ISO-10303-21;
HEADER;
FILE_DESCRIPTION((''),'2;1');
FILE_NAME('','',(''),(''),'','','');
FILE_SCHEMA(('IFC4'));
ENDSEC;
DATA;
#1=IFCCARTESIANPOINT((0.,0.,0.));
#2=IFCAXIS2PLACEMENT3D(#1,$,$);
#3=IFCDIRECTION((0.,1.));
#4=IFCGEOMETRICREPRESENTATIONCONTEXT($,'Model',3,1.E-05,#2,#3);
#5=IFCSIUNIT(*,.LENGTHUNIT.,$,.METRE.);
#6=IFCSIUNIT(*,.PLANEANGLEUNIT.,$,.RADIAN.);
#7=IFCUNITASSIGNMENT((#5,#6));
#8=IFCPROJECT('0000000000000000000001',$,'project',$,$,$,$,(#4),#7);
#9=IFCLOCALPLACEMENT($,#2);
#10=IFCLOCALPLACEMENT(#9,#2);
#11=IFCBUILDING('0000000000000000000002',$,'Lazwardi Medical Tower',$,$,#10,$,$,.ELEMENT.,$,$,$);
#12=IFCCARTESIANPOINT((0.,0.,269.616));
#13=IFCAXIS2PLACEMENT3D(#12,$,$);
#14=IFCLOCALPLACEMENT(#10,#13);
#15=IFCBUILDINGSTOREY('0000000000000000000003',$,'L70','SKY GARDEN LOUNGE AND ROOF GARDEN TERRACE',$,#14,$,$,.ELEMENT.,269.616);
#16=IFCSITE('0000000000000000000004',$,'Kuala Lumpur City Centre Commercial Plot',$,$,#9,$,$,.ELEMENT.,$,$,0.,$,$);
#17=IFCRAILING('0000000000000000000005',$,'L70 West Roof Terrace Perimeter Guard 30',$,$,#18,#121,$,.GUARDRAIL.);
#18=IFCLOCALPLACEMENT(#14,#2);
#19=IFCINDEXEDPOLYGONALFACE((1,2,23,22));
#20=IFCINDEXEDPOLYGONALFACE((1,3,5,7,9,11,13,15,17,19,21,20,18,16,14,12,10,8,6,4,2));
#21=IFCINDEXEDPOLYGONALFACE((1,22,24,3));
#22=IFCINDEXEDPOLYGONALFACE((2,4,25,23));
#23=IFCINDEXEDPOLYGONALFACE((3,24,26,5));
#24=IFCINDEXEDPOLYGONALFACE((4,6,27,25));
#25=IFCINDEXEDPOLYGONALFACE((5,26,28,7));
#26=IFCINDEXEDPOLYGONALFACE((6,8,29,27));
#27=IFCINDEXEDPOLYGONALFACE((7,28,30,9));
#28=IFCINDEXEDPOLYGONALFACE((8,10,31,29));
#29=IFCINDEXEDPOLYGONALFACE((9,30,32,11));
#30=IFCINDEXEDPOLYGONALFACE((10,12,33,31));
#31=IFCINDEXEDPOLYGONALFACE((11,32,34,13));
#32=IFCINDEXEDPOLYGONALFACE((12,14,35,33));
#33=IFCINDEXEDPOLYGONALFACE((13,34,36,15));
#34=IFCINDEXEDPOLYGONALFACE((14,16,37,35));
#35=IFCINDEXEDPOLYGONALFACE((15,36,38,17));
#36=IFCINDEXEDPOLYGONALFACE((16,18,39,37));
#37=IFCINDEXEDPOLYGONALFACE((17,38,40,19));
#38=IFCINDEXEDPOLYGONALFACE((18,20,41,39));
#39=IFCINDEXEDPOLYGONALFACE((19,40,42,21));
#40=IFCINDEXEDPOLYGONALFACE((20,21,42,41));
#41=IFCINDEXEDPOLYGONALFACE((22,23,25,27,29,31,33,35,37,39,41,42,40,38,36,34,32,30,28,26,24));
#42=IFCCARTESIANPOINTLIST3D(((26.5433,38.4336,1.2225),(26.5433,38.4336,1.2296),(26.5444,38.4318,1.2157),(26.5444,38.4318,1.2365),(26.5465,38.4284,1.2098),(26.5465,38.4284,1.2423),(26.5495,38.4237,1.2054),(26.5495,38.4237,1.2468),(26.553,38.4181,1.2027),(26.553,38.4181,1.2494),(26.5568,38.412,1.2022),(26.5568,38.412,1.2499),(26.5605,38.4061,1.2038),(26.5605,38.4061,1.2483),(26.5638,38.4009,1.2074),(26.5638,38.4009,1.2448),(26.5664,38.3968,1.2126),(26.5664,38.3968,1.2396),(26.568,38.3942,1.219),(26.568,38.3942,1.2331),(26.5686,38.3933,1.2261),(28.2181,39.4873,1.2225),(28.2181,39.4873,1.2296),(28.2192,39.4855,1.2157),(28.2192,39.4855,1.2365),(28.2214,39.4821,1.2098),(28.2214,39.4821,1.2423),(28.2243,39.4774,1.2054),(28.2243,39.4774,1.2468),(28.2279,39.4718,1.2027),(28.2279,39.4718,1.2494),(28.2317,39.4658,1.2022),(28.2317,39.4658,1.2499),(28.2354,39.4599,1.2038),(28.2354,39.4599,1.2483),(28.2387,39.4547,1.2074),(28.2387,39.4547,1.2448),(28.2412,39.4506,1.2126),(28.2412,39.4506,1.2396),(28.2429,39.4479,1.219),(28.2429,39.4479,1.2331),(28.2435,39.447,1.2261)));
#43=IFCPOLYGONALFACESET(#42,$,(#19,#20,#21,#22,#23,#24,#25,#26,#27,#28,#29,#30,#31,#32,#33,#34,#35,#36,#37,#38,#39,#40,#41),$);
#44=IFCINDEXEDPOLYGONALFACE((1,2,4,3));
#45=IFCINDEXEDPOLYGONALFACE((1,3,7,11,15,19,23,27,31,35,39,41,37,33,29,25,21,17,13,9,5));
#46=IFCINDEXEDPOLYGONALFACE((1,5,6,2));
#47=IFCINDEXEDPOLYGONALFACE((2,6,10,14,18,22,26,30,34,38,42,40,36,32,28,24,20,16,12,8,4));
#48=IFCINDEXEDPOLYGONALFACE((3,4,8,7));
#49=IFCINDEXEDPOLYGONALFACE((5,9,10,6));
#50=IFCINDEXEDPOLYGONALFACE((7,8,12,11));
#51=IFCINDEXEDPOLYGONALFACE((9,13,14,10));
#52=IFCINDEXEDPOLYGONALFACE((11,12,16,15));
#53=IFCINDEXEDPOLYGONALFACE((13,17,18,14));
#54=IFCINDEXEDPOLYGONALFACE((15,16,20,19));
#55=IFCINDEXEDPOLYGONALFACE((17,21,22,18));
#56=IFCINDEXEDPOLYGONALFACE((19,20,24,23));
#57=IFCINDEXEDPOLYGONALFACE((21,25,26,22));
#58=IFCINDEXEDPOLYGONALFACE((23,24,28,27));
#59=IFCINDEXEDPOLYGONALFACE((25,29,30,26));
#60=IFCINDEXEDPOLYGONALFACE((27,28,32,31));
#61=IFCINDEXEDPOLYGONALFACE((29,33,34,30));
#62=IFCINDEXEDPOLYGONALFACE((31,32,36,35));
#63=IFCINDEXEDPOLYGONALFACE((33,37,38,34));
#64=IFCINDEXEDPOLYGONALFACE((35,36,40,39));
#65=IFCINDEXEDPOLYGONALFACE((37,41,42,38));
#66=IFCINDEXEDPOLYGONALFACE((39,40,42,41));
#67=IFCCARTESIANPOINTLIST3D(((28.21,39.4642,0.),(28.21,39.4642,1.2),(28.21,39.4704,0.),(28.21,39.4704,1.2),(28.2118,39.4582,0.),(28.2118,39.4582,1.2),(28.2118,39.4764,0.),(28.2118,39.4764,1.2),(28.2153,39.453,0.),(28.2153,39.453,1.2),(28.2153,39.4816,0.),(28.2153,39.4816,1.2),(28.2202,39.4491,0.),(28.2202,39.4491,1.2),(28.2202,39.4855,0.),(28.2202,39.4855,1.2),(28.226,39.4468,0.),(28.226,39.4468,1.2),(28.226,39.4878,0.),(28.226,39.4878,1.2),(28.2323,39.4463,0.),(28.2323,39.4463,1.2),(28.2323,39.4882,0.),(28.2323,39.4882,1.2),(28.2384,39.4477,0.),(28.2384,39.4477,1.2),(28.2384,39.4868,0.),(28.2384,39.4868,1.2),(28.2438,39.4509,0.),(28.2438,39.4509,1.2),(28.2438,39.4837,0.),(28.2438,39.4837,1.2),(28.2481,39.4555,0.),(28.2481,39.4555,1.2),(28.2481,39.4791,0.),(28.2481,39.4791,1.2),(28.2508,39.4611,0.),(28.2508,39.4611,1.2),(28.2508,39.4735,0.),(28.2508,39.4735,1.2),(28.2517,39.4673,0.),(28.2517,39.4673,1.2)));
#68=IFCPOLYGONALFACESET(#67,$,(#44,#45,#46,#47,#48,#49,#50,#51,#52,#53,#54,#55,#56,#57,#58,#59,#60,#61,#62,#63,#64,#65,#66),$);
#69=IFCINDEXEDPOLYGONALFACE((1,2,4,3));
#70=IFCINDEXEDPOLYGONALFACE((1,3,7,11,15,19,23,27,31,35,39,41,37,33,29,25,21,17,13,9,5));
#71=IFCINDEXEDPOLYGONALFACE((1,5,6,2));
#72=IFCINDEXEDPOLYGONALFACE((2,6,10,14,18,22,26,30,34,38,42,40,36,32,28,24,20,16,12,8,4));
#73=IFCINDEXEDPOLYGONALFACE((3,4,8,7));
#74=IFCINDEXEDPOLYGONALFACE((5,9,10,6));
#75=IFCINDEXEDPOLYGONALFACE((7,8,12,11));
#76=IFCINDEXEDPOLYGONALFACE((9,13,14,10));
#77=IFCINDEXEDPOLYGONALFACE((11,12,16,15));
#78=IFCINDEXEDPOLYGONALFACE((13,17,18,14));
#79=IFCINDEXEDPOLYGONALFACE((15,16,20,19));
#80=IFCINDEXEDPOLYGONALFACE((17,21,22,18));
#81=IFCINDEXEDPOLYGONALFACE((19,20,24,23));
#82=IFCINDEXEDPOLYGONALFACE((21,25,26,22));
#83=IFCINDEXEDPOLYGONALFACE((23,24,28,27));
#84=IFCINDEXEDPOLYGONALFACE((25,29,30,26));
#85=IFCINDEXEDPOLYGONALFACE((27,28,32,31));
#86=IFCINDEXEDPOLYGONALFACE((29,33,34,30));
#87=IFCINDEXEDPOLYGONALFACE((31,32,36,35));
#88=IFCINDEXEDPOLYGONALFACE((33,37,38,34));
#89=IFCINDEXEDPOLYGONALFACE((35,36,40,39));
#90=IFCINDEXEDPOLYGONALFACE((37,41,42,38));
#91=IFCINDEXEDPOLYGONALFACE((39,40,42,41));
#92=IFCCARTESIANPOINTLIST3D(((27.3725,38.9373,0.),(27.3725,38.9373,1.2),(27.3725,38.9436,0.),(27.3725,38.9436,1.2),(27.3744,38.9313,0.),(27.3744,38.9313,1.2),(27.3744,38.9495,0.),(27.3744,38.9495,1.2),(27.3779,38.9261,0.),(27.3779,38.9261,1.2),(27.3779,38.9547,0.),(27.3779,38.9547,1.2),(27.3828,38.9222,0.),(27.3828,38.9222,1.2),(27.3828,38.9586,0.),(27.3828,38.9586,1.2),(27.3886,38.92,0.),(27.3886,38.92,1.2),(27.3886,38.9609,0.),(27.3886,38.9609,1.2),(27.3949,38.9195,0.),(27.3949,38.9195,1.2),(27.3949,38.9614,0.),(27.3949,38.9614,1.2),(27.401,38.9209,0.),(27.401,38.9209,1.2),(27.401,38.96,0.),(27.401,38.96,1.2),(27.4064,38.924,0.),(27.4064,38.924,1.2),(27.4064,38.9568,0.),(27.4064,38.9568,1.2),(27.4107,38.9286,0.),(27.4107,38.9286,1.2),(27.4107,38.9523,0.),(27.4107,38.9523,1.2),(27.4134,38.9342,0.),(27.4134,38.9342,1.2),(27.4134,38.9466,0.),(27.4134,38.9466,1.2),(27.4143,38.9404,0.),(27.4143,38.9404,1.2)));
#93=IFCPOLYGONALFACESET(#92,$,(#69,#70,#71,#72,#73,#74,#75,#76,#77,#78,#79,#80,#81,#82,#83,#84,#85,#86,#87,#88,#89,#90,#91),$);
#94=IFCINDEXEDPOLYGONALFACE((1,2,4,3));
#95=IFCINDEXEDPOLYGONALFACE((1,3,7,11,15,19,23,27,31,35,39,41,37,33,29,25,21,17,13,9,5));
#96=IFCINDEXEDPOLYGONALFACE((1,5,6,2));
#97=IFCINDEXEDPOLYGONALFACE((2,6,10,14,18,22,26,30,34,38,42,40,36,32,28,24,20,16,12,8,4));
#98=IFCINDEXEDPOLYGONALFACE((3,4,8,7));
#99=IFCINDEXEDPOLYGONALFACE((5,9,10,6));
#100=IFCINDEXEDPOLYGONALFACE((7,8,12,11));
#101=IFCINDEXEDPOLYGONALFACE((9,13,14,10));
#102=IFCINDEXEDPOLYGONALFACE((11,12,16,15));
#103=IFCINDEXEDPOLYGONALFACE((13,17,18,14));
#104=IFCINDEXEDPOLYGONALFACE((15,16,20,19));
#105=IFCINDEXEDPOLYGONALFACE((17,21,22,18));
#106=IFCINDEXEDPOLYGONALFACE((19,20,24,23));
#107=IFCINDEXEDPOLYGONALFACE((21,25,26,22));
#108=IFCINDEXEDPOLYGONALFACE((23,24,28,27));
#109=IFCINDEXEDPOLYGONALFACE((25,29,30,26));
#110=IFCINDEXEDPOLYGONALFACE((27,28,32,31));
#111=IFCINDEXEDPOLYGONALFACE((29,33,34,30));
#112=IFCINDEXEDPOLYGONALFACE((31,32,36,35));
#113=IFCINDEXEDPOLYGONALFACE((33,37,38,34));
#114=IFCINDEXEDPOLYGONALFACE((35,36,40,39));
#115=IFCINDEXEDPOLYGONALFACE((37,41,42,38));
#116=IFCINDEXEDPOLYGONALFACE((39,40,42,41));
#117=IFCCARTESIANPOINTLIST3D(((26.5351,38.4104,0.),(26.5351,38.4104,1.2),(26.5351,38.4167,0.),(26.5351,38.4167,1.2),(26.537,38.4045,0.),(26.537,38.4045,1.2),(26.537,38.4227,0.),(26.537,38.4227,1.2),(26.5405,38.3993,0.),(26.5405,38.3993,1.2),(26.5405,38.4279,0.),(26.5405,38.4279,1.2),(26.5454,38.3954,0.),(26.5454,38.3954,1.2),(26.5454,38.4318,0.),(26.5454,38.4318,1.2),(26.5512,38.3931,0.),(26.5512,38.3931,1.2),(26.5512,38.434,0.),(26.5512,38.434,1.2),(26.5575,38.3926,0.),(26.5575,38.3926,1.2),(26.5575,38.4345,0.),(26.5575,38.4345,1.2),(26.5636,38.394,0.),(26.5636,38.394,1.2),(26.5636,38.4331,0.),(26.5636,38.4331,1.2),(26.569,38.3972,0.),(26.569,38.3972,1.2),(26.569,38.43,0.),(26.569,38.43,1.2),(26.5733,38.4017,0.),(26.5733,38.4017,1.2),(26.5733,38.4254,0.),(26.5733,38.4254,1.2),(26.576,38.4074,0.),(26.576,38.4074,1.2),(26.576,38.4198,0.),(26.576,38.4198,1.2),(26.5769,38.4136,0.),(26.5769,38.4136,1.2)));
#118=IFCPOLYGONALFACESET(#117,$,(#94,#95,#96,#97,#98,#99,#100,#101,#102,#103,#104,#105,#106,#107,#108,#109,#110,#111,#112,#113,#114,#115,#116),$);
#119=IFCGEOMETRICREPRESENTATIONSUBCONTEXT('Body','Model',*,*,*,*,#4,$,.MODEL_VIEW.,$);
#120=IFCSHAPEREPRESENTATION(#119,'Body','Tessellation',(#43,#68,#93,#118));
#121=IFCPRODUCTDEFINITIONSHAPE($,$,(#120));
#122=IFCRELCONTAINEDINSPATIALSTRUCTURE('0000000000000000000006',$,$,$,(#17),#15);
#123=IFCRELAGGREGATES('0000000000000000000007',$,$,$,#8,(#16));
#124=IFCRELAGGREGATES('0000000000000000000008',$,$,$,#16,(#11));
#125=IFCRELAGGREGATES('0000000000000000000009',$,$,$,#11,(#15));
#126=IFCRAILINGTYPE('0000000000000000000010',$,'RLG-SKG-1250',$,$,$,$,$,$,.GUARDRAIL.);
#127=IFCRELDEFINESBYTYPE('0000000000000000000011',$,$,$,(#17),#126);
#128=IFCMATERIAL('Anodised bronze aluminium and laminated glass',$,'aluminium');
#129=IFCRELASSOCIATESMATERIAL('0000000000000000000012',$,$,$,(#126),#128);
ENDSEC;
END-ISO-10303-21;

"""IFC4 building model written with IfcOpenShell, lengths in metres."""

from ifc_helpers import new_model, si_unit, direction, frame, origin, origin_2d, place, context, subcontext, project, spatial, circle, extrude, material, type_object, element, save


model = new_model("IFC4")

# Units and contexts
model_context = context("Model", 3, precision=1e-05, world=origin(), true_north=direction((0.0, 1.0)))
body_context = subcontext(model_context, "Body", "Model", "MODEL_VIEW")
ifc_project = project(units=[si_unit("LENGTHUNIT", "METRE"), si_unit("PLANEANGLEUNIT", "RADIAN")], contexts=[model_context])

# Site, building, storey
site_placement = place(None, origin())
site = spatial("IfcSite", under=ifc_project, at=site_placement, Name="Kuala Lumpur City Centre Commercial Plot", CompositionType="ELEMENT", RefElevation=0.0)
building_placement = place(site_placement, origin())
building = spatial("IfcBuilding", under=site, at=building_placement, Name="Lazwardi Medical Tower", CompositionType="ELEMENT")
storey_placement = place(building_placement, frame((0.0, 0.0, 269.616)))
storey = spatial("IfcBuildingStorey", under=building, at=storey_placement, Name="L70", Description="SKY GARDEN LOUNGE AND ROOF GARDEN TERRACE", CompositionType="ELEMENT", Elevation=269.616)

# Railing
ifc_material_1 = material(Name="Anodised bronze aluminium and laminated glass", Category="aluminium")
railing_type = type_object("IfcRailingType", Name="RLG-SKG-1250", PredefinedType="GUARDRAIL", material=ifc_material_1)
railing_1_placement = place(storey_placement, frame((28.2307, 39.4673, 0.0)))
element("IfcRailing", 1, at=railing_1_placement, inside=storey, type_object=railing_type, Name="L70 West Roof Terrace Perimeter Guard 30", PredefinedType="GUARDRAIL", context=body_context, shape_type="SweptSolid", body=[
    extrude(circle(Radius=0.0239, at=origin_2d()), frame((0.0, 0.0, 1.2261), z_axis=(-0.846414, -0.532525, 0.0), x_axis=(0.532525, -0.846414, 0.0)), (0.0, 0.0, 1.0), 1.9788),
    extrude(circle(Radius=0.021, at=origin_2d()), origin(), (0.0, 0.0, 1.0), 1.2),
    extrude(circle(Radius=0.021, at=origin_2d()), frame((-0.8374, -0.5269, 0.0)), (0.0, 0.0, 1.0), 1.2),
    extrude(circle(Radius=0.021, at=origin_2d()), frame((-1.6748, -1.0537, 0.0)), (0.0, 0.0, 1.0), 1.2),
])

save(model, "model.ifc")
